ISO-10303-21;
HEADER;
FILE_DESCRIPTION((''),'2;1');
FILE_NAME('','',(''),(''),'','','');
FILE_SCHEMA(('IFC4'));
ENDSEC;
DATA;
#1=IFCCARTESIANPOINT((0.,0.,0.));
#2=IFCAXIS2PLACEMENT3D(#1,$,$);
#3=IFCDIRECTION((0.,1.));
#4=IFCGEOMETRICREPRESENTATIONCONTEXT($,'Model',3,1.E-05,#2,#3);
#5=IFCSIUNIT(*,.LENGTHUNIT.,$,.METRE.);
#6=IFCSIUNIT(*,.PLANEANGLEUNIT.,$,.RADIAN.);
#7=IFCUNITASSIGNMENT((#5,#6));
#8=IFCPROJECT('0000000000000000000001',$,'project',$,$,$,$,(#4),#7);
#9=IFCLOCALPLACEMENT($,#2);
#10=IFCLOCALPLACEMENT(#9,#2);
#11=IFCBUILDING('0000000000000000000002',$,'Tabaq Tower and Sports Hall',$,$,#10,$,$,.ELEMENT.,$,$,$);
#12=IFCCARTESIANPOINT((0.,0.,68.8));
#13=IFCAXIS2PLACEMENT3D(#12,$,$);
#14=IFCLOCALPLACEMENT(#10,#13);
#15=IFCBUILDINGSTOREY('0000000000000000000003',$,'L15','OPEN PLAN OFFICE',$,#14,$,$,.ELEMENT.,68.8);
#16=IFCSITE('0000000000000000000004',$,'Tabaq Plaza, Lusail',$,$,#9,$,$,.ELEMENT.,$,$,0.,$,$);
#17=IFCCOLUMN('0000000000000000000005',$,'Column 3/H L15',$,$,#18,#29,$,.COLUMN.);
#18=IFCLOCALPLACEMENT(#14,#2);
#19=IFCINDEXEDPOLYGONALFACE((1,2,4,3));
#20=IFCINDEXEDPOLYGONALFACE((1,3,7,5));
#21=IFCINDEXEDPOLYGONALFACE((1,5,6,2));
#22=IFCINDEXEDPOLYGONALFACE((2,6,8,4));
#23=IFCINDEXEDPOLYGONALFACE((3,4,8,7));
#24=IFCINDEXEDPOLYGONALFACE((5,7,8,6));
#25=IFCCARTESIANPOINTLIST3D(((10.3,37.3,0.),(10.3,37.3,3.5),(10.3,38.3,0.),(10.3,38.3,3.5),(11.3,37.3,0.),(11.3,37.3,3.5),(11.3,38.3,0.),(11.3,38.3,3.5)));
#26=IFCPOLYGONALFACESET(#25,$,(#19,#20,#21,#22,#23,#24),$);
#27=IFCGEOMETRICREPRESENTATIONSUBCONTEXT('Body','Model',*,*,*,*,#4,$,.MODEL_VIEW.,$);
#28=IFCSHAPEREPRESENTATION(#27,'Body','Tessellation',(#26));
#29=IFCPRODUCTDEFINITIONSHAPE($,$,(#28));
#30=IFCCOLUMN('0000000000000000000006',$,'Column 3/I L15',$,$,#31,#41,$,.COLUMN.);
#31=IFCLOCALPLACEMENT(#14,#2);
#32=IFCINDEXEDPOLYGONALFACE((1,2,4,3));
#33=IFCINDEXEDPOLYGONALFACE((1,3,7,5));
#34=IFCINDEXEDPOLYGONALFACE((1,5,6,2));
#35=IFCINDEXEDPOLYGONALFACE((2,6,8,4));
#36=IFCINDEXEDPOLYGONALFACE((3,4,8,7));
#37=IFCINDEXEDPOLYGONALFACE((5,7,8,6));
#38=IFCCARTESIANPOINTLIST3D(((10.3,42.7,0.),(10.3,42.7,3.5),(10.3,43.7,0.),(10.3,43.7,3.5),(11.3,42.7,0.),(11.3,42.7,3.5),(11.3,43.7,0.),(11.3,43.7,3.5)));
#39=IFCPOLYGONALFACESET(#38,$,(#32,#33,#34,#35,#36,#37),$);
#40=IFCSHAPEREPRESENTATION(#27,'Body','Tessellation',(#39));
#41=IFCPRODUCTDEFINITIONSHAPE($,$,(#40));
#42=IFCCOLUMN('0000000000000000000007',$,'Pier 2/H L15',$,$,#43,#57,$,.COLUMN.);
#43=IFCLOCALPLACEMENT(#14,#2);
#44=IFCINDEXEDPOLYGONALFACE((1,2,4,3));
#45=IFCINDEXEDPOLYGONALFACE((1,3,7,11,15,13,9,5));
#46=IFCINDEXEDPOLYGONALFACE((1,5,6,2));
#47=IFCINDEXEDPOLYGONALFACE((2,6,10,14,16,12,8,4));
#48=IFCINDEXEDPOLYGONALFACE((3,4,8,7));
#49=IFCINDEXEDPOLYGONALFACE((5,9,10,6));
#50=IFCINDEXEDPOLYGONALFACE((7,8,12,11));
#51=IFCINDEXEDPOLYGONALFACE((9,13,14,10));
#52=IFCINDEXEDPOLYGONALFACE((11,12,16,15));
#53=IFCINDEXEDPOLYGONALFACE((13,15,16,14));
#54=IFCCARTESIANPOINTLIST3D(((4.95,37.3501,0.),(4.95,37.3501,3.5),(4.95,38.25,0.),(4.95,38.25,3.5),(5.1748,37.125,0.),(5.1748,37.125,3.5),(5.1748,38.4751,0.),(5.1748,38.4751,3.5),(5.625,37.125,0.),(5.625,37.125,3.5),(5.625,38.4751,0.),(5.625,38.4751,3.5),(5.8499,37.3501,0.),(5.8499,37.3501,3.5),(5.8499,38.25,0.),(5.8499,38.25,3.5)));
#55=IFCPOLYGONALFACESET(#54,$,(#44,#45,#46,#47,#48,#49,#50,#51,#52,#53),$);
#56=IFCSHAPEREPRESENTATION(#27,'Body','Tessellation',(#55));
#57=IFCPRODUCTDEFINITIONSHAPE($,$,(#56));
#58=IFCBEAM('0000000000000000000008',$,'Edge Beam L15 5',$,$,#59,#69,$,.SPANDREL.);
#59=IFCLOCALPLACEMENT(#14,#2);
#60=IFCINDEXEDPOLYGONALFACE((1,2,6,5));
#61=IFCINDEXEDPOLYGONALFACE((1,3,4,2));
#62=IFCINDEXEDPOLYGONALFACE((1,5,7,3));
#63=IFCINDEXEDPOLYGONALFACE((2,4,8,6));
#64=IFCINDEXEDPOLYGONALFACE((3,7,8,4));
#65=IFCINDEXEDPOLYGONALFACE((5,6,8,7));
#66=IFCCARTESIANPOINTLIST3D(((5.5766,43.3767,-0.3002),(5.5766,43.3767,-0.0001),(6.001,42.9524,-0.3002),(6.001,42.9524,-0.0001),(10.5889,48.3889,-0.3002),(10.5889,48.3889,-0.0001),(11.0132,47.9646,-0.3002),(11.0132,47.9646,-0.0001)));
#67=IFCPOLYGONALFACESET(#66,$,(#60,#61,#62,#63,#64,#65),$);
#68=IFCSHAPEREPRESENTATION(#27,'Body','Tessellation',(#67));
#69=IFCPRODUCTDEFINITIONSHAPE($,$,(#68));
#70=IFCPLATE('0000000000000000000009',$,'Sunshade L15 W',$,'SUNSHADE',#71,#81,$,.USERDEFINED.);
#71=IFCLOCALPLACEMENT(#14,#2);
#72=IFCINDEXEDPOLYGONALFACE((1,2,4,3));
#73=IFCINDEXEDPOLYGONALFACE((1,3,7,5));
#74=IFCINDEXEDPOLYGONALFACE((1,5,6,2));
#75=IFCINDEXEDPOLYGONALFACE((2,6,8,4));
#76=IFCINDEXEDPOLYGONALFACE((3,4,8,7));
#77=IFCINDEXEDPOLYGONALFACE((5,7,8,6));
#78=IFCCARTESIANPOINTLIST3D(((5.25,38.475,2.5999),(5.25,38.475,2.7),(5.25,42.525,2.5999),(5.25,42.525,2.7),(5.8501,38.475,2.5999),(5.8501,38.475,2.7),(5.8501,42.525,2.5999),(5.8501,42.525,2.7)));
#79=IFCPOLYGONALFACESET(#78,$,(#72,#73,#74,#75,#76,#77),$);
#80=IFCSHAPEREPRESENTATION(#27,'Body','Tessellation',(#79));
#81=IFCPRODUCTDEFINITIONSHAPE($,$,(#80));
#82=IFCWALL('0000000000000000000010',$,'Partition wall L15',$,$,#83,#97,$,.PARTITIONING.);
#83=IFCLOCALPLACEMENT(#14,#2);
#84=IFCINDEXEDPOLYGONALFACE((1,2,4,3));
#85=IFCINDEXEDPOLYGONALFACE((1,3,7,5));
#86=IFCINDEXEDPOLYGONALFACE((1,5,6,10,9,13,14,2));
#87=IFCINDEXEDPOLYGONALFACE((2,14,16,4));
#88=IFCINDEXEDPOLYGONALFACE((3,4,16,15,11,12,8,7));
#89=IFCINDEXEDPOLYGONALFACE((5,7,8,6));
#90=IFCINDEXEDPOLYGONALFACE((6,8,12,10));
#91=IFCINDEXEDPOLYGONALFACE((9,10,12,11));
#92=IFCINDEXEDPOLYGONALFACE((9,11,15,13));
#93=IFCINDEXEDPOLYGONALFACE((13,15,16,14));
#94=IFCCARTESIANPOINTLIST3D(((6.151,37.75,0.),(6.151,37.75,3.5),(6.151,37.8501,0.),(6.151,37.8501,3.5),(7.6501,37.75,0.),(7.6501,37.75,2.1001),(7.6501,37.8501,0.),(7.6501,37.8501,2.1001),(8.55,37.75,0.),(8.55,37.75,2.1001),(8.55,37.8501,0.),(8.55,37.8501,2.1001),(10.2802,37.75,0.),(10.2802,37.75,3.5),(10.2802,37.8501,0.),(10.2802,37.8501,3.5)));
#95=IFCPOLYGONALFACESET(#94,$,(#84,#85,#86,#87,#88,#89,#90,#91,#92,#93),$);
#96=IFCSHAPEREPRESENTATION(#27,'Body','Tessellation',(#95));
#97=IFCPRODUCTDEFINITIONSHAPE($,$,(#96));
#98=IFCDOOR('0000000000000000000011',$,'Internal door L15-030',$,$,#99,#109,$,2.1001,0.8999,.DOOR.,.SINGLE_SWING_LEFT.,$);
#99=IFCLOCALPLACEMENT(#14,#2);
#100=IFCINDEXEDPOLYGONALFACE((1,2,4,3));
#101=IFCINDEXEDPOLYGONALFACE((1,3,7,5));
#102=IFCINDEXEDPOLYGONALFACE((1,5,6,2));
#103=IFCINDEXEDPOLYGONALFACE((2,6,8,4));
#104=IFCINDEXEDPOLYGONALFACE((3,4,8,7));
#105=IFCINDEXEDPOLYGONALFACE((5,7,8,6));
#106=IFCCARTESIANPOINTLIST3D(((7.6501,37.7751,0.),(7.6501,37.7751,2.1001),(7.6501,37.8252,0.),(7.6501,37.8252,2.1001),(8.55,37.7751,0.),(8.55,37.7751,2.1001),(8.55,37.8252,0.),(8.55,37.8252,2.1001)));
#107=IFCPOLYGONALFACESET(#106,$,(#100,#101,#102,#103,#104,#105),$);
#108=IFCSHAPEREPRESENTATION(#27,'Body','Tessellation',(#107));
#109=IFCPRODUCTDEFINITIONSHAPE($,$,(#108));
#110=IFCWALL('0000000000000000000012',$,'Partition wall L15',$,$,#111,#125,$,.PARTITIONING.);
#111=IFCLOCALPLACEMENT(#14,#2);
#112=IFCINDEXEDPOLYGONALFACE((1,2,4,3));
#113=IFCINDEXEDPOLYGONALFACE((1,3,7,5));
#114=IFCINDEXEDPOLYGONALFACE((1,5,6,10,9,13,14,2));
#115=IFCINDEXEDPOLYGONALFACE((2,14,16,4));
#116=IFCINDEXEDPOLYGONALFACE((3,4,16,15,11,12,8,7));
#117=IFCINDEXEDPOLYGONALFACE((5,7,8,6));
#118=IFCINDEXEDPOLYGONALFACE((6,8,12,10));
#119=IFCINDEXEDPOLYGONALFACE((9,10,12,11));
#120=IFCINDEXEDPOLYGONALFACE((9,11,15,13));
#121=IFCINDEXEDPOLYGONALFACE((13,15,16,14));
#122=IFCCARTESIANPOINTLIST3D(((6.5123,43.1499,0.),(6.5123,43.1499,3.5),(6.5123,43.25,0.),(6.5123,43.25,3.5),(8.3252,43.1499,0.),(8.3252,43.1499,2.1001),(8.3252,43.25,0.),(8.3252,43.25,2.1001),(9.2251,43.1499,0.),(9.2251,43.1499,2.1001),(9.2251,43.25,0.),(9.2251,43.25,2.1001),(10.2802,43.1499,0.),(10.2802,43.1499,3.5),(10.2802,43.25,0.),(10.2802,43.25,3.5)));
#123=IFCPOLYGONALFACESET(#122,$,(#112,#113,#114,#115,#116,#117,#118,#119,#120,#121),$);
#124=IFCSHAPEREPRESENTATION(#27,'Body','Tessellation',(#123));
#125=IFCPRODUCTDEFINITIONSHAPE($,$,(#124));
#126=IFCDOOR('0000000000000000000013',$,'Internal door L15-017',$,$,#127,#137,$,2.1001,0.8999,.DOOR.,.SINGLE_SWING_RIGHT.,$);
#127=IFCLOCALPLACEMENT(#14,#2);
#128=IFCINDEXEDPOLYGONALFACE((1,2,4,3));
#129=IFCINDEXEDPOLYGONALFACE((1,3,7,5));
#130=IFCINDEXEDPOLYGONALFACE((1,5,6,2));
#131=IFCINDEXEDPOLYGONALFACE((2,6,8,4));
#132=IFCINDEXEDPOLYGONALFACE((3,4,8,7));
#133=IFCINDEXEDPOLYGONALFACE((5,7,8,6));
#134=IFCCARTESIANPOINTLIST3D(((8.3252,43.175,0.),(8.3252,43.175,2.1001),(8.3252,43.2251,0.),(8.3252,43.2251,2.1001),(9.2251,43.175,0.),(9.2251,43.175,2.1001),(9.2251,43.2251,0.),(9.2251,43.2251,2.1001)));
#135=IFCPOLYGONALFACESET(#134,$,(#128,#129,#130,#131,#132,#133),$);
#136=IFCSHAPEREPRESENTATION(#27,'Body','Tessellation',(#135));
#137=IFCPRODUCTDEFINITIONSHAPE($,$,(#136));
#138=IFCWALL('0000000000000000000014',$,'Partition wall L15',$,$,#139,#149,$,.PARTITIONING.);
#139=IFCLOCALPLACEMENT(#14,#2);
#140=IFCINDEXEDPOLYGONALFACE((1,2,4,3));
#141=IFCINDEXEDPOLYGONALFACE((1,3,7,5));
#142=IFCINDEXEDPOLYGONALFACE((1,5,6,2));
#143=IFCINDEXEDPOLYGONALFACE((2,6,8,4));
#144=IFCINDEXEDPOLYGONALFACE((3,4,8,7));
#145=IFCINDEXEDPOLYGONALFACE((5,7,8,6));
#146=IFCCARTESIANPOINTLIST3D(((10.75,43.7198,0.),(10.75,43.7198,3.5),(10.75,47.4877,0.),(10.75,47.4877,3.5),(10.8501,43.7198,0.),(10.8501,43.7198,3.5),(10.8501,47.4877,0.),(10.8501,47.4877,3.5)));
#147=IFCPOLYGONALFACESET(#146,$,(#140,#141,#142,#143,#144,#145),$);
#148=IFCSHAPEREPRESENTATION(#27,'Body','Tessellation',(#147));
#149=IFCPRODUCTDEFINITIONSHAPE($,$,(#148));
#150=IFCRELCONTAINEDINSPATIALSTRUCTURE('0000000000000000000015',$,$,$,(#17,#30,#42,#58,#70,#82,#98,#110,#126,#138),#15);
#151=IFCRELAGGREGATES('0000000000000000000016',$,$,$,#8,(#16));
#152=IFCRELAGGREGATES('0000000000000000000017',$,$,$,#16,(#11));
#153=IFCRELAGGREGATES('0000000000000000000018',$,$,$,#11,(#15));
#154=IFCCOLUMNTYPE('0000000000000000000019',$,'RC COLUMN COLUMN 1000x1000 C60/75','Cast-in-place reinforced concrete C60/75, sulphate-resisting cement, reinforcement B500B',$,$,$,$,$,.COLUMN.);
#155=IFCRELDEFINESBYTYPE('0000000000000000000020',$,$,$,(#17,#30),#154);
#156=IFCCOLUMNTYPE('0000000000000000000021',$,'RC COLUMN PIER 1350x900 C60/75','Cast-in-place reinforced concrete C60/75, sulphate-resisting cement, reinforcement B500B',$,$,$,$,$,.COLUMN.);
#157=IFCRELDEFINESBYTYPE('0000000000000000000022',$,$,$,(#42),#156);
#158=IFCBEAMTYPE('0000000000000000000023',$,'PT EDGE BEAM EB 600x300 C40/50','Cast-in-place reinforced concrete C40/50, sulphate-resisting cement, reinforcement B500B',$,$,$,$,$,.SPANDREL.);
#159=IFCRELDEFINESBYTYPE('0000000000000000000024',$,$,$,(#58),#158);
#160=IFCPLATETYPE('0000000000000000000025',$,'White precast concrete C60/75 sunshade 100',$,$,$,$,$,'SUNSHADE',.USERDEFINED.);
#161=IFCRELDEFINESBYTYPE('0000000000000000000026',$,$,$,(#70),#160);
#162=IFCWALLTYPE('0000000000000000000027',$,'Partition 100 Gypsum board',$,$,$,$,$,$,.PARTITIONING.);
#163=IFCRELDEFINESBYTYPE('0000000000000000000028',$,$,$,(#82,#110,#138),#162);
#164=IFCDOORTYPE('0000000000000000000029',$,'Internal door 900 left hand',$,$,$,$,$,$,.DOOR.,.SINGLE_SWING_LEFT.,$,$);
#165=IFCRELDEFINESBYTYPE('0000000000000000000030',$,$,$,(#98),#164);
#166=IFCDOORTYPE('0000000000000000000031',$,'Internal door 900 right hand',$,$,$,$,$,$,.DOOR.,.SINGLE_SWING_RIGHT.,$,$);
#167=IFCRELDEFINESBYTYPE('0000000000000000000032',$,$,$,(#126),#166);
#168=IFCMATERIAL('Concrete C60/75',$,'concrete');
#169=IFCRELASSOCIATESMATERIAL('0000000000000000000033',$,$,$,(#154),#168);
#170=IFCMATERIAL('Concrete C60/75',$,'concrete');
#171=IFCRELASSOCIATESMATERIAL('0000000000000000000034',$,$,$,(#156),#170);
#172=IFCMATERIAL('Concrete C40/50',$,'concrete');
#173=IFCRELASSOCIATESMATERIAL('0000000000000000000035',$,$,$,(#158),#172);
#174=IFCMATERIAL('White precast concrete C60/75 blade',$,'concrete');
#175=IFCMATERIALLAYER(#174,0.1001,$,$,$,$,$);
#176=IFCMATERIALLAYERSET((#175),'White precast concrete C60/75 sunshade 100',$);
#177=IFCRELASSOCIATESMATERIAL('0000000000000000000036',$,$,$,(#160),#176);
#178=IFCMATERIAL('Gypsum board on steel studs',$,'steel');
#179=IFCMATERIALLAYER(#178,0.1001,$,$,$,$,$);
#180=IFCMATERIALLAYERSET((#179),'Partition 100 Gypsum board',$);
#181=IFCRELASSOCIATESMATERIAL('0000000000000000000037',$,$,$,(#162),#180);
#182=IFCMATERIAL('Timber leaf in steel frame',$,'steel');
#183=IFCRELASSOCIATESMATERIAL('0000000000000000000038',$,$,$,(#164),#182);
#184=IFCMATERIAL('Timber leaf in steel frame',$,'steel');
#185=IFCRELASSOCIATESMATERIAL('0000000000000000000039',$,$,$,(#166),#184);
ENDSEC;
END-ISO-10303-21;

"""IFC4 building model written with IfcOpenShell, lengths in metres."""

from ifc_helpers import new_model, si_unit, direction, frame, frame_2d, origin, origin_2d, place, context, subcontext, project, spatial, polyline, rectangle, outline, extrude, material, layer, layer_set, material_profile, profile_set, type_object, element, fill, save


model = new_model("IFC4")

# Units and contexts
model_context = context("Model", 3, precision=1e-05, world=origin(), true_north=direction((0.0, 1.0)))
body_context = subcontext(model_context, "Body", "Model", "MODEL_VIEW")
ifc_project = project(units=[si_unit("LENGTHUNIT", "METRE"), si_unit("PLANEANGLEUNIT", "RADIAN")], contexts=[model_context])

# Site, building, storey
site_placement = place(None, origin())
site = spatial("IfcSite", under=ifc_project, at=site_placement, Name="Tabaq Plaza, Lusail", CompositionType="ELEMENT", RefElevation=0.0)
building_placement = place(site_placement, origin())
building = spatial("IfcBuilding", under=site, at=building_placement, Name="Tabaq Tower and Sports Hall", CompositionType="ELEMENT")
storey_placement = place(building_placement, frame((0.0, 0.0, 68.8)))
storey = spatial("IfcBuildingStorey", under=building, at=storey_placement, Name="L15", Description="OPEN PLAN OFFICE", CompositionType="ELEMENT", Elevation=68.8)

# Columns
ifc_material_1 = material(Name="Concrete C60/75", Category="concrete")
ifc_material_profile_1 = material_profile(ifc_material_1, rectangle(XDim=1.0, YDim=1.0, at=origin_2d()), Name="COLUMN 1000x1000")
ifc_profile_set_1 = profile_set([ifc_material_profile_1], Name="Concrete C60/75")
column_type_1 = type_object("IfcColumnType", Name="RC COLUMN COLUMN 1000x1000 C60/75", Description="Cast-in-place reinforced concrete C60/75, sulphate-resisting cement, reinforcement B500B", PredefinedType="COLUMN", material=ifc_profile_set_1)
for number, where, z_axis, x_axis, name in (
    (1, (10.8, 37.8, 0.0), (0.0, 0.0, 1.0), (1.0, 0.0, 0.0), "Column 3/H L15"),
    (2, (10.8, 43.2, 0.0), (0.0, 0.0, 1.0), (1.0, 0.0, 0.0), "Column 3/I L15"),
):
    element("IfcColumn", number, at=place(storey_placement, frame(where, z_axis=z_axis, x_axis=x_axis)), inside=storey, type_object=column_type_1, Name=name, PredefinedType="COLUMN", context=body_context, shape_type="SweptSolid", body=[
        extrude(rectangle(XDim=1.0, YDim=1.0, at=origin_2d()), origin(), (0.0, 0.0, 1.0), 3.5),
    ])
ifc_material_2 = material(Name="Concrete C60/75", Category="concrete")
ifc_material_profile_2 = material_profile(ifc_material_2, outline(polyline([(-0.45, -0.45), (0.45, -0.45), (0.675, -0.2251), (0.675, 0.2251), (0.45, 0.45), (-0.45, 0.45), (-0.675, 0.2251), (-0.675, -0.2251), (-0.45, -0.45)])), Name="PIER 1350x900")
ifc_profile_set_2 = profile_set([ifc_material_profile_2], Name="Concrete C60/75")
column_type_2 = type_object("IfcColumnType", Name="RC COLUMN PIER 1350x900 C60/75", Description="Cast-in-place reinforced concrete C60/75, sulphate-resisting cement, reinforcement B500B", PredefinedType="COLUMN", material=ifc_profile_set_2)
column_placement = place(storey_placement, frame((5.3999, 37.8, 0.0), z_axis=(0.0, 0.0, 1.0), x_axis=(0.0, 1.0, 0.0)))
element("IfcColumn", 3, at=column_placement, inside=storey, type_object=column_type_2, Name="Pier 2/H L15", PredefinedType="COLUMN", context=body_context, shape_type="SweptSolid", body=[
    extrude(outline(polyline([(-0.45, -0.45), (0.45, -0.45), (0.675, -0.2251), (0.675, 0.2251), (0.45, 0.45), (-0.45, 0.45), (-0.675, 0.2251), (-0.675, -0.2251), (-0.45, -0.45)])), origin(), (0.0, 0.0, 1.0), 3.5),
])

# Beam
ifc_material_3 = material(Name="Concrete C40/50", Category="concrete")
ifc_material_profile_3 = material_profile(ifc_material_3, rectangle(XDim=0.6001, YDim=0.3, at=origin_2d()), Name="EB 600x300")
ifc_profile_set_3 = profile_set([ifc_material_profile_3], Name="Concrete C40/50")
beam_type = type_object("IfcBeamType", Name="PT EDGE BEAM EB 600x300 C40/50", Description="Cast-in-place reinforced concrete C40/50, sulphate-resisting cement, reinforcement B500B", PredefinedType="SPANDREL", material=ifc_profile_set_3)
beam_placement = place(storey_placement, frame((10.801, 48.1768, -0.1501), z_axis=(-0.707107, -0.707107, 0.0), x_axis=(0.707107, -0.707107, 0.0)))
element("IfcBeam", 4, at=beam_placement, inside=storey, type_object=beam_type, Name="Edge Beam L15 5", PredefinedType="SPANDREL", context=body_context, shape_type="SweptSolid", body=[
    extrude(rectangle(XDim=0.6001, YDim=0.3, at=origin_2d()), origin(), (0.0, 0.0, 1.0), 7.0884),
])

# Plate
ifc_material_4 = material(Name="White precast concrete C60/75 blade", Category="concrete")
ifc_layer_1 = layer(ifc_material_4, 0.1001)
ifc_layer_set_1 = layer_set([ifc_layer_1], Name="White precast concrete C60/75 sunshade 100")
plate_type = type_object("IfcPlateType", Name="White precast concrete C60/75 sunshade 100", ElementType="SUNSHADE", PredefinedType="USERDEFINED", material=ifc_layer_set_1)
plate_placement = place(storey_placement, frame((5.55, 40.5, 2.5999), z_axis=(0.0, 0.0, 1.0), x_axis=(0.0, -1.0, 0.0)))
element("IfcPlate", 5, at=plate_placement, inside=storey, type_object=plate_type, Name="Sunshade L15 W", ObjectType="SUNSHADE", PredefinedType="USERDEFINED", context=body_context, shape_type="SweptSolid", body=[
    extrude(rectangle(XDim=4.05, YDim=0.6001, at=origin_2d()), origin(), (0.0, 0.0, 1.0), 0.1001),
])

# Walls, openings, doors
ifc_material_5 = material(Name="Gypsum board on steel studs", Category="steel")
ifc_layer_2 = layer(ifc_material_5, 0.1001)
ifc_layer_set_2 = layer_set([ifc_layer_2], Name="Partition 100 Gypsum board")
wall_type_1 = type_object("IfcWallType", Name="Partition 100 Gypsum board", PredefinedType="PARTITIONING", material=ifc_layer_set_2)
wall_1_placement = place(storey_placement, frame((10.28, 37.8, 0.0), z_axis=(0.0, 0.0, 1.0), x_axis=(-1.0, 0.0, 0.0)))
wall_1 = element("IfcWall", 6, at=wall_1_placement, inside=storey, type_object=wall_type_1, Name="Partition wall L15", PredefinedType="PARTITIONING", context=body_context, shape_type="SweptSolid", body=[
    extrude(rectangle(XDim=4.1292, YDim=0.1001, at=frame_2d((2.0645, 0.0))), origin(), (0.0, 0.0, 1.0), 3.5),
])
opening_1_placement = place(wall_1_placement, frame((1.73, 0.0, 0.0)))
opening_1 = element("IfcOpeningElement", 7, at=opening_1_placement, cuts=wall_1, PredefinedType="OPENING", context=body_context, shape_type="SweptSolid", body=[
    extrude(rectangle(XDim=0.8999, YDim=2.1001, at=frame_2d((0.45, 1.05))), frame((0.0, 0.05, 0.0), z_axis=(0.0, -1.0, 0.0), x_axis=(1.0, 0.0, 0.0)), (0.0, 0.0, 1.0), 0.1001),
])
ifc_material_6 = material(Name="Timber leaf in steel frame", Category="steel")
door_type_1 = type_object("IfcDoorType", Name="Internal door 900 left hand", OperationType="SINGLE_SWING_LEFT", PredefinedType="DOOR", material=ifc_material_6)
door_1_placement = place(opening_1_placement, origin())
door_1 = element("IfcDoor", 8, at=door_1_placement, inside=storey, type_object=door_type_1, Name="Internal door L15-030", OperationType="SINGLE_SWING_LEFT", OverallHeight=2.1001, OverallWidth=0.8999, PredefinedType="DOOR", context=body_context, shape_type="SweptSolid", body=[
    extrude(rectangle(XDim=0.8999, YDim=2.1001, at=frame_2d((0.45, 1.05))), frame((0.0, 0.0249, 0.0), z_axis=(0.0, -1.0, 0.0), x_axis=(1.0, 0.0, 0.0)), (0.0, 0.0, 1.0), 0.05),
])
fill(opening_1, door_1)
wall_2_placement = place(storey_placement, frame((10.28, 43.2, 0.0), z_axis=(0.0, 0.0, 1.0), x_axis=(-1.0, 0.0, 0.0)))
wall_2 = element("IfcWall", 9, at=wall_2_placement, inside=storey, type_object=wall_type_1, Name="Partition wall L15", PredefinedType="PARTITIONING", context=body_context, shape_type="SweptSolid", body=[
    extrude(rectangle(XDim=3.7678, YDim=0.1001, at=frame_2d((1.8838, 0.0))), origin(), (0.0, 0.0, 1.0), 3.5),
])
opening_2_placement = place(wall_2_placement, frame((1.0549, 0.0, 0.0)))
opening_2 = element("IfcOpeningElement", 10, at=opening_2_placement, cuts=wall_2, PredefinedType="OPENING", context=body_context, shape_type="SweptSolid", body=[
    extrude(rectangle(XDim=0.8999, YDim=2.1001, at=frame_2d((0.45, 1.05))), frame((0.0, 0.05, 0.0), z_axis=(0.0, -1.0, 0.0), x_axis=(1.0, 0.0, 0.0)), (0.0, 0.0, 1.0), 0.1001),
])
ifc_material_7 = material(Name="Timber leaf in steel frame", Category="steel")
door_type_2 = type_object("IfcDoorType", Name="Internal door 900 right hand", OperationType="SINGLE_SWING_RIGHT", PredefinedType="DOOR", material=ifc_material_7)
door_2_placement = place(opening_2_placement, origin())
door_2 = element("IfcDoor", 11, at=door_2_placement, inside=storey, type_object=door_type_2, Name="Internal door L15-017", OperationType="SINGLE_SWING_RIGHT", OverallHeight=2.1001, OverallWidth=0.8999, PredefinedType="DOOR", context=body_context, shape_type="SweptSolid", body=[
    extrude(rectangle(XDim=0.8999, YDim=2.1001, at=frame_2d((0.45, 1.05))), frame((0.0, 0.0249, 0.0), z_axis=(0.0, -1.0, 0.0), x_axis=(1.0, 0.0, 0.0)), (0.0, 0.0, 1.0), 0.05),
])
fill(opening_2, door_2)

# Wall
wall_3_placement = place(storey_placement, frame((10.8, 43.72, 0.0), z_axis=(0.0, 0.0, 1.0), x_axis=(0.0, 1.0, 0.0)))
element("IfcWall", 12, at=wall_3_placement, inside=storey, type_object=wall_type_1, Name="Partition wall L15", PredefinedType="PARTITIONING", context=body_context, shape_type="SweptSolid", body=[
    extrude(rectangle(XDim=3.7678, YDim=0.1001, at=frame_2d((1.8838, 0.0))), origin(), (0.0, 0.0, 1.0), 3.5),
])

save(model, "model.ifc")
